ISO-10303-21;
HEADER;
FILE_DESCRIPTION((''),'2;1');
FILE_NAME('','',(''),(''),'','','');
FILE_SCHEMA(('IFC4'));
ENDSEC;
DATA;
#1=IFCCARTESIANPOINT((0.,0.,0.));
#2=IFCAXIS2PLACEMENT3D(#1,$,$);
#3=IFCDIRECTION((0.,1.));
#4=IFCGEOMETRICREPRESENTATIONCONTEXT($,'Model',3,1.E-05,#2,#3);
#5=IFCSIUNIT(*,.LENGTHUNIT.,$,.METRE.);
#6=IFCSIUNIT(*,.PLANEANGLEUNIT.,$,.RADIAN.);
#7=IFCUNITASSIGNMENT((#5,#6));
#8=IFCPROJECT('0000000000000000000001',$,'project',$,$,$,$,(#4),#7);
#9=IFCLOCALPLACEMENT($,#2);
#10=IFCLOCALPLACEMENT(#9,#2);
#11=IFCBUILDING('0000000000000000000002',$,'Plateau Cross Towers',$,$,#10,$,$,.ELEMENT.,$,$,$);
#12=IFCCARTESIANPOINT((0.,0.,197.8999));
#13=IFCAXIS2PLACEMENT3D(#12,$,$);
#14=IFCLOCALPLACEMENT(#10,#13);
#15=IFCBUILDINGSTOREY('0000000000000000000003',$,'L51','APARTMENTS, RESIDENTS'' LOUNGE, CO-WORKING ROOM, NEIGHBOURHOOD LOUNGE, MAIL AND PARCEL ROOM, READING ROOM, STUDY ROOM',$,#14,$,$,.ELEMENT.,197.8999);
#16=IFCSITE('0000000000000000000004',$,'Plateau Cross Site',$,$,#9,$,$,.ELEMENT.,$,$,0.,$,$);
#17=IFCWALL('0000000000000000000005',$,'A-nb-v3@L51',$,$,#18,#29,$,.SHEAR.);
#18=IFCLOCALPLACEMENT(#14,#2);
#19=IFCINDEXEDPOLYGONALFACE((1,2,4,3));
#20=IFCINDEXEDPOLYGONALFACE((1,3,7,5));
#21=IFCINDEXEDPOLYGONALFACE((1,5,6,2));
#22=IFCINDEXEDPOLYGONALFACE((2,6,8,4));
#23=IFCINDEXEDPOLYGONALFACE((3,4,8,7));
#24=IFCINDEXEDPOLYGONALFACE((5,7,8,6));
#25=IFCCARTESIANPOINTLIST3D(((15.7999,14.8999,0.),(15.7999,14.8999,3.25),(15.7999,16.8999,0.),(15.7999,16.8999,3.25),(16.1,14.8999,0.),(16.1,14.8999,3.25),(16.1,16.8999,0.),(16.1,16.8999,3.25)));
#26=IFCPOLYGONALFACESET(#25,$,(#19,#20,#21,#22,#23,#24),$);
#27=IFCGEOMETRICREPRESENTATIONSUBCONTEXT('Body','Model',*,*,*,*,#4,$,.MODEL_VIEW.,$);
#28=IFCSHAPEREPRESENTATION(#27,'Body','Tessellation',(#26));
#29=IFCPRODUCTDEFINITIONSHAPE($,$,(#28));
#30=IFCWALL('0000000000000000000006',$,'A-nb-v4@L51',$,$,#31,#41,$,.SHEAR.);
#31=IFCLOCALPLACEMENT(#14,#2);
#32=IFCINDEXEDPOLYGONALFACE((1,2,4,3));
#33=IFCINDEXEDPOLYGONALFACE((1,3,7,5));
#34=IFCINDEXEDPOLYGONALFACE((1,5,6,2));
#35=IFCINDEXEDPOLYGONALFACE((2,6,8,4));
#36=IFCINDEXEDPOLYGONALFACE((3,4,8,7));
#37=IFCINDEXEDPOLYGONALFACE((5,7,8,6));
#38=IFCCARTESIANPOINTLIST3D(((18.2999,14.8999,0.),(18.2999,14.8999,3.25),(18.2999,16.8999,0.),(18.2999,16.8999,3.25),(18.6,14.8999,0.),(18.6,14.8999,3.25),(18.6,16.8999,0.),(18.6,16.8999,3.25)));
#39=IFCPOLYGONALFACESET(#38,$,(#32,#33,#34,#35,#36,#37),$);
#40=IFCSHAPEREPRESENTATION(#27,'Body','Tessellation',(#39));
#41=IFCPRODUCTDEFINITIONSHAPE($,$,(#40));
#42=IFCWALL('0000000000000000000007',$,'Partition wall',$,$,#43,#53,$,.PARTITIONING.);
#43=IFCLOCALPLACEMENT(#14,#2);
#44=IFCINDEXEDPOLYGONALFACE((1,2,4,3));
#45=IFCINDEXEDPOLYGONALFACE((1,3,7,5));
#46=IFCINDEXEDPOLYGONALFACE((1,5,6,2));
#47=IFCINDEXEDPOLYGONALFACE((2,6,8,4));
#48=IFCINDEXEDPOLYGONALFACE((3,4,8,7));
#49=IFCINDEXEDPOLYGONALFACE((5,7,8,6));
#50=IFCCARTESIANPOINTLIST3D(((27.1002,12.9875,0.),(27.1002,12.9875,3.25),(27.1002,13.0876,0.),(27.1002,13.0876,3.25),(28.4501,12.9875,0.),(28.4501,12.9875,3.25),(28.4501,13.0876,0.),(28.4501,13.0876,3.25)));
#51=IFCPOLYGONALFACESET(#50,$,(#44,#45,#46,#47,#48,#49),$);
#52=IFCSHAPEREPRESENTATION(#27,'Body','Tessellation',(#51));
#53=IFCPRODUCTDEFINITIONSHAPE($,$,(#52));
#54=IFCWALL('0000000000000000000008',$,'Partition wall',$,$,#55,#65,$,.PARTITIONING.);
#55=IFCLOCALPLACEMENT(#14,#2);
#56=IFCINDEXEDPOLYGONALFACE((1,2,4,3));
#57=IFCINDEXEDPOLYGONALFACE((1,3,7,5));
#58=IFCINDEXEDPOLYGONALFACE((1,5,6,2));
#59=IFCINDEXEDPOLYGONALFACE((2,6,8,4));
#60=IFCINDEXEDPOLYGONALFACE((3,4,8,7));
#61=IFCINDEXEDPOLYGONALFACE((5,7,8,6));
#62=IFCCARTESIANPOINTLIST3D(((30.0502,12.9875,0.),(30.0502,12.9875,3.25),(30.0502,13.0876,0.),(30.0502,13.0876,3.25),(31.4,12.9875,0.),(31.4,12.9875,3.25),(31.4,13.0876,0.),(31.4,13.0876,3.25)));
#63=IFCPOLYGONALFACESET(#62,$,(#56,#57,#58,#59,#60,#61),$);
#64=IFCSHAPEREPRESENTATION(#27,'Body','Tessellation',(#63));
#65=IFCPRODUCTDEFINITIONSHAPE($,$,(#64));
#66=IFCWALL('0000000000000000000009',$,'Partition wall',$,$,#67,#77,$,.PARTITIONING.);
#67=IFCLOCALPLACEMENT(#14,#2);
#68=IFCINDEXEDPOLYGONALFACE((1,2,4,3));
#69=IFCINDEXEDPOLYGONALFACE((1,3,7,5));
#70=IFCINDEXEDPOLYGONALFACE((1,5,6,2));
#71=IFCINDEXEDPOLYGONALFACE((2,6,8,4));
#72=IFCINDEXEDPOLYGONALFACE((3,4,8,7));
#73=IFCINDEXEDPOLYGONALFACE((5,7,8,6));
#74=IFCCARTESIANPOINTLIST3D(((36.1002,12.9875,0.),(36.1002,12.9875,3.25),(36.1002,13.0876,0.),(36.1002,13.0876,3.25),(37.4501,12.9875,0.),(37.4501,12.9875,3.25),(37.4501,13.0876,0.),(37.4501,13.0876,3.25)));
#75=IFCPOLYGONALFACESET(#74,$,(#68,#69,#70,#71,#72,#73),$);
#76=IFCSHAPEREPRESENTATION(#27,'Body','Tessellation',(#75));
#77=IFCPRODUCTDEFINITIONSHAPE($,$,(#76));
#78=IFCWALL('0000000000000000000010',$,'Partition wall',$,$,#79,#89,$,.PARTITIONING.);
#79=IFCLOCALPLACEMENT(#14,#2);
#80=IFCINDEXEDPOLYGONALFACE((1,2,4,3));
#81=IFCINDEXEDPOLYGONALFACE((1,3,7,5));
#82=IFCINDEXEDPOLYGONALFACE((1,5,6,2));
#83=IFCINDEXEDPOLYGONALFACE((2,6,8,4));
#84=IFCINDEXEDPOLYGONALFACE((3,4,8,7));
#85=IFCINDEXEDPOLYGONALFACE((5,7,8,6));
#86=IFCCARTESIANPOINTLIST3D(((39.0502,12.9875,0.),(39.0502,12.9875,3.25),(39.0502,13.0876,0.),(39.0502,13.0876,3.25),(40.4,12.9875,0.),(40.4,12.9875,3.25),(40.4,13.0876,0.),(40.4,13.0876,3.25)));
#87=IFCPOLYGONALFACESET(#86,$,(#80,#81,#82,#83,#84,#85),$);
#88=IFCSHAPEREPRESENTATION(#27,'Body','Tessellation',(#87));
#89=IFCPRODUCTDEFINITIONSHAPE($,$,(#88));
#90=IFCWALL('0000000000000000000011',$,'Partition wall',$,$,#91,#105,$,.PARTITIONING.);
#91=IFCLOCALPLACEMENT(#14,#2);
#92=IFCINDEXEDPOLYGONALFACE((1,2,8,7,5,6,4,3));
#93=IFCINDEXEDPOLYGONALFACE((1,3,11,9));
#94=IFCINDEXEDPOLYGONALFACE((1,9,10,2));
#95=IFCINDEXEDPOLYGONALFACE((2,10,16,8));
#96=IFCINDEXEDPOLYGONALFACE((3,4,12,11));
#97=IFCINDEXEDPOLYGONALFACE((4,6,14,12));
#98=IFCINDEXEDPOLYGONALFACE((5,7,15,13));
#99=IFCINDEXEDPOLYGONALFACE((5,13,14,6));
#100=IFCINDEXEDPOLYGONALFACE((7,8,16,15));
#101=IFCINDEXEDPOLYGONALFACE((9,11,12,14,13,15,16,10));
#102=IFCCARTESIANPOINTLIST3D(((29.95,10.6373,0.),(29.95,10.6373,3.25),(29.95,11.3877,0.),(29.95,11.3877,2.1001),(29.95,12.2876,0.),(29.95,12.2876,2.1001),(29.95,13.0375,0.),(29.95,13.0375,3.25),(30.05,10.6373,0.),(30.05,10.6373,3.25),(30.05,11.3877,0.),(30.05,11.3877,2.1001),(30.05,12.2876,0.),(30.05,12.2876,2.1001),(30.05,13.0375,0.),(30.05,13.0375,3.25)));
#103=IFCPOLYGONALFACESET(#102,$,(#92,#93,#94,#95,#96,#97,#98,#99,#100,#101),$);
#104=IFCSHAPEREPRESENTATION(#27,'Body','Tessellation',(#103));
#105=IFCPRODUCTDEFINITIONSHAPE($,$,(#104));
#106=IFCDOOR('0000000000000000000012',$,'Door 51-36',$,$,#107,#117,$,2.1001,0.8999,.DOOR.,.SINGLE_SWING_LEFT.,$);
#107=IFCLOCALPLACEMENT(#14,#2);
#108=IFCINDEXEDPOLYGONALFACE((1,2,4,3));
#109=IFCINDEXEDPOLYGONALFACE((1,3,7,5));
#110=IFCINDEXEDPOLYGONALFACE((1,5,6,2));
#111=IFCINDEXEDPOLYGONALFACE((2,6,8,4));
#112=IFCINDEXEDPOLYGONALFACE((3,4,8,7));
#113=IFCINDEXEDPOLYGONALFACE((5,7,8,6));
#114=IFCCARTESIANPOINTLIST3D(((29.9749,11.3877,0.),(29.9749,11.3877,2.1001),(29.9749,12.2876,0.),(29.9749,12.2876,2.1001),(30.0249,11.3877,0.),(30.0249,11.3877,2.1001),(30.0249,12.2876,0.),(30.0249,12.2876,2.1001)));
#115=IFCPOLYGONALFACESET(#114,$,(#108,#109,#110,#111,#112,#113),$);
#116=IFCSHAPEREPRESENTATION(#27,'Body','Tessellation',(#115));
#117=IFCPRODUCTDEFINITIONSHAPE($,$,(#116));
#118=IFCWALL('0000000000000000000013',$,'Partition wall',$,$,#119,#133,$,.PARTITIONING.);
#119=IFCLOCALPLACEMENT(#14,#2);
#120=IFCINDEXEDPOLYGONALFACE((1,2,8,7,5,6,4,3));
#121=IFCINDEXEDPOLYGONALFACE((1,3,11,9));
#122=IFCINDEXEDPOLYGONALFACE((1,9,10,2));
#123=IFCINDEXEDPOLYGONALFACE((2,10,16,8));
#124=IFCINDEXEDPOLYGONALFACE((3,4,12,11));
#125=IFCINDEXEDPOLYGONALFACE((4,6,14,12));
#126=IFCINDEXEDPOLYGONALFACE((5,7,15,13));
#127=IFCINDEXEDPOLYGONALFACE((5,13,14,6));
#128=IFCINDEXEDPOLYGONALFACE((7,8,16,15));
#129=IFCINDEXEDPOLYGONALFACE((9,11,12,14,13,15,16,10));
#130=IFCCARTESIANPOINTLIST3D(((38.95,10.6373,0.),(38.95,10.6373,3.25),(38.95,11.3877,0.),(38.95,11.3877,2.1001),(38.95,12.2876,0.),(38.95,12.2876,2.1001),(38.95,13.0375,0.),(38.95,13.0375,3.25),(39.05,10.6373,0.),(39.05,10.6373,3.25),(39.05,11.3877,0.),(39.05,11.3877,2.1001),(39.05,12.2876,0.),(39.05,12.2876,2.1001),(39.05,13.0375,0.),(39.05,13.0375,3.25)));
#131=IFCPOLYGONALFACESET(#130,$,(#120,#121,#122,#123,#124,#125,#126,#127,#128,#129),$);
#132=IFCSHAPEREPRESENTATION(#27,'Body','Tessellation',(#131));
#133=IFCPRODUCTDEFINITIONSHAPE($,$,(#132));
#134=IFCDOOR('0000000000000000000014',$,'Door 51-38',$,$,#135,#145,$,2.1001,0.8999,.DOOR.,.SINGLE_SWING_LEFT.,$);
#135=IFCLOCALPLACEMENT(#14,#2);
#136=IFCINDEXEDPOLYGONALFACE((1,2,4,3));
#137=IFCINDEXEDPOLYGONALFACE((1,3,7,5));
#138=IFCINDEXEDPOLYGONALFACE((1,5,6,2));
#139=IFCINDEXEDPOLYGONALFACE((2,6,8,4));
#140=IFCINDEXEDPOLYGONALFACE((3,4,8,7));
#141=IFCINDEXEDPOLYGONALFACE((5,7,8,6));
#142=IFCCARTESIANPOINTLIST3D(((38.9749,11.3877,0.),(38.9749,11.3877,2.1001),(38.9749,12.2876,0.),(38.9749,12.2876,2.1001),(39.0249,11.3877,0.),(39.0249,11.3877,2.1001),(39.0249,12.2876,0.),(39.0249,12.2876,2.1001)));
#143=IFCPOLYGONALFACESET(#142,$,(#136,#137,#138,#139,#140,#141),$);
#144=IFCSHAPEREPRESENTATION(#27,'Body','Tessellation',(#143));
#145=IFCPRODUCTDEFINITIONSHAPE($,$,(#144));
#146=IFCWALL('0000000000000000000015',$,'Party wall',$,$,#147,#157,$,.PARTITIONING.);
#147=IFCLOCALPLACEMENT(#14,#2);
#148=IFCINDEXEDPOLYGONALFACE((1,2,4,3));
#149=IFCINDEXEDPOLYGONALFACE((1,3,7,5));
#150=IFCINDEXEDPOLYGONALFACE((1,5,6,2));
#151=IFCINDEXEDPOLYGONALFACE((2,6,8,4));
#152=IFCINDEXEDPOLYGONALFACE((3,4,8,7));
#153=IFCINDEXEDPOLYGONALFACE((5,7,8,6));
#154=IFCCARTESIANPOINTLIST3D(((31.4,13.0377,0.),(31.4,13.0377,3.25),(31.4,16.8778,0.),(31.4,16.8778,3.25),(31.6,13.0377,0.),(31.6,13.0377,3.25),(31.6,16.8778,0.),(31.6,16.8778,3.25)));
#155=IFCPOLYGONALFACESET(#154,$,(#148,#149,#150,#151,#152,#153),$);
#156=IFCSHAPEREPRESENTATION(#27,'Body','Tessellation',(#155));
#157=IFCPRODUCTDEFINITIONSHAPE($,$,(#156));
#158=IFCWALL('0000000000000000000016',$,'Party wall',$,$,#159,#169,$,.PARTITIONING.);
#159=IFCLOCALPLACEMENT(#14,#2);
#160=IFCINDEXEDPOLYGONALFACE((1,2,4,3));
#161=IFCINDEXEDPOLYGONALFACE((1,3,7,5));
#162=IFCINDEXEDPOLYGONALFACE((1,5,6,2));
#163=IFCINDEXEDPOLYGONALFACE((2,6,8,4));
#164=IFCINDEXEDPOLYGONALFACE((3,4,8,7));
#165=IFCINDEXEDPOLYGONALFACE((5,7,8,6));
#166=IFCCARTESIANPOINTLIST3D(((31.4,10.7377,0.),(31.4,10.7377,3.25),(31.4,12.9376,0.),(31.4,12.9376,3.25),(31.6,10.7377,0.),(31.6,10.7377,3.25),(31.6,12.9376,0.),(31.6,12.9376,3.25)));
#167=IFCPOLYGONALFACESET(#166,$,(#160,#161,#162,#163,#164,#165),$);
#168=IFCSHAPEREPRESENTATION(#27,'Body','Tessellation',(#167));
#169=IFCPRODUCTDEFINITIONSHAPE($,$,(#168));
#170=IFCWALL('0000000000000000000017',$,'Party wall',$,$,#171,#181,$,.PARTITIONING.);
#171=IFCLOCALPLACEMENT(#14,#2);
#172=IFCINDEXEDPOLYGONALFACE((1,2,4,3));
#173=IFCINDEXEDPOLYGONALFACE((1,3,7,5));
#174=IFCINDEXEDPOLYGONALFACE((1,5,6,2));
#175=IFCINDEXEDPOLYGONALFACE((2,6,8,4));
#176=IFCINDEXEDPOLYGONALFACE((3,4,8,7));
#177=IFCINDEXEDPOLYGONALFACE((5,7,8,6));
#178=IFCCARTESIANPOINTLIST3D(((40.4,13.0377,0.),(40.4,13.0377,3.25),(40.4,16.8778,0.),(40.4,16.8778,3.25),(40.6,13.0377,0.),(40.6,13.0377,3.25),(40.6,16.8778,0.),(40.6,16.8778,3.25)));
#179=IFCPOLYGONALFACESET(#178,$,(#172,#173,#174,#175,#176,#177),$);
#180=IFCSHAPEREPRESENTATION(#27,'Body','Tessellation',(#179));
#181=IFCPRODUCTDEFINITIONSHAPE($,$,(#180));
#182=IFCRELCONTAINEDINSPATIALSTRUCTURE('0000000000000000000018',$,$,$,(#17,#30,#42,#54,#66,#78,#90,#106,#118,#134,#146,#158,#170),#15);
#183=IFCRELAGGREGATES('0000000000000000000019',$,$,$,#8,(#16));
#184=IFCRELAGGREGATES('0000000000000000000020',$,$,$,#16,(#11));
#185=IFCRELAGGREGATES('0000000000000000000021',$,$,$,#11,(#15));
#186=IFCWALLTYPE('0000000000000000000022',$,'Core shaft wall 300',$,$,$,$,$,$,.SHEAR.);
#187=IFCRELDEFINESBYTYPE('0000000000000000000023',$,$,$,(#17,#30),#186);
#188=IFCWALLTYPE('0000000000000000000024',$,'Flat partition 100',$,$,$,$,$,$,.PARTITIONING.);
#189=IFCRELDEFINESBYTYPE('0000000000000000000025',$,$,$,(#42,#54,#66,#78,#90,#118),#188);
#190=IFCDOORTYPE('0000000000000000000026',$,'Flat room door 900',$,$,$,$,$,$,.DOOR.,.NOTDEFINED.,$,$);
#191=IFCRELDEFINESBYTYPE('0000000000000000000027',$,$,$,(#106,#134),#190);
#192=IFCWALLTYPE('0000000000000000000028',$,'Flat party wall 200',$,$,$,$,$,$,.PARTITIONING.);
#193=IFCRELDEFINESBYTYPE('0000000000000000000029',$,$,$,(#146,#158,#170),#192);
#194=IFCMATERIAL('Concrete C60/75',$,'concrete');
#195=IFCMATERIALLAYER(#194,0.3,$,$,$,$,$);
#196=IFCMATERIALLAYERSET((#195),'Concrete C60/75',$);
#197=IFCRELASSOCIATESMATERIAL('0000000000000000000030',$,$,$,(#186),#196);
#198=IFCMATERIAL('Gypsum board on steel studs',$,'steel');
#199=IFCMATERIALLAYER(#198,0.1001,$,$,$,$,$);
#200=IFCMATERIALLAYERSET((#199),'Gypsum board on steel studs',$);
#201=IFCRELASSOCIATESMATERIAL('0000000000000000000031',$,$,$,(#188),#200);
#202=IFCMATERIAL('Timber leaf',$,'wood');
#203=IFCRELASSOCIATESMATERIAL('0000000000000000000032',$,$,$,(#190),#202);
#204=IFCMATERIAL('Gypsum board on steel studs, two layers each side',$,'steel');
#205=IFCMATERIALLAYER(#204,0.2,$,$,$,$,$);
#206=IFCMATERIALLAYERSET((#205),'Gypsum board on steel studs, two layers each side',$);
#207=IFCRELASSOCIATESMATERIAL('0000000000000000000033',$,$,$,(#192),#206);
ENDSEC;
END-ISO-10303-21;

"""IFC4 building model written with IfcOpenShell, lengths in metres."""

from ifc_helpers import new_model, si_unit, direction, frame, frame_2d, origin, place, context, subcontext, project, spatial, rectangle, extrude, material, layer, layer_set, type_object, element, fill, save


model = new_model("IFC4")

# Units and contexts
model_context = context("Model", 3, precision=1e-05, world=origin(), true_north=direction((0.0, 1.0)))
body_context = subcontext(model_context, "Body", "Model", "MODEL_VIEW")
ifc_project = project(units=[si_unit("LENGTHUNIT", "METRE"), si_unit("PLANEANGLEUNIT", "RADIAN")], contexts=[model_context])

# Site, building, storey
site_placement = place(None, origin())
site = spatial("IfcSite", under=ifc_project, at=site_placement, Name="Plateau Cross Site", CompositionType="ELEMENT", RefElevation=0.0)
building_placement = place(site_placement, origin())
building = spatial("IfcBuilding", under=site, at=building_placement, Name="Plateau Cross Towers", CompositionType="ELEMENT")
storey_placement = place(building_placement, frame((0.0, 0.0, 197.8999)))
storey = spatial("IfcBuildingStorey", under=building, at=storey_placement, Name="L51", Description="APARTMENTS, RESIDENTS' LOUNGE, CO-WORKING ROOM, NEIGHBOURHOOD LOUNGE, MAIL AND PARCEL ROOM, READING ROOM, STUDY ROOM", CompositionType="ELEMENT", Elevation=197.8999)

# Walls
ifc_material_1 = material(Name="Concrete C60/75", Category="concrete")
ifc_layer_1 = layer(ifc_material_1, 0.3)
ifc_layer_set_1 = layer_set([ifc_layer_1], Name="Concrete C60/75")
wall_type_1 = type_object("IfcWallType", Name="Core shaft wall 300", PredefinedType="SHEAR", material=ifc_layer_set_1)
for number, where, z_axis, x_axis, name in (
    (1, (15.95, 14.8999, 0.0), (0.0, 0.0, 1.0), (0.0, 1.0, 0.0), "A-nb-v3@L51"),
    (2, (18.45, 14.8999, 0.0), (0.0, 0.0, 1.0), (0.0, 1.0, 0.0), "A-nb-v4@L51"),
):
    element("IfcWall", number, at=place(storey_placement, frame(where, z_axis=z_axis, x_axis=x_axis)), inside=storey, type_object=wall_type_1, Name=name, PredefinedType="SHEAR", context=body_context, shape_type="SweptSolid", body=[
        extrude(rectangle(XDim=2.0, YDim=0.3, at=frame_2d((1.0, 0.0))), origin(), (0.0, 0.0, 1.0), 3.25),
    ])
ifc_material_2 = material(Name="Gypsum board on steel studs", Category="steel")
ifc_layer_2 = layer(ifc_material_2, 0.1001)
ifc_layer_set_2 = layer_set([ifc_layer_2], Name="Gypsum board on steel studs")
wall_type_2 = type_object("IfcWallType", Name="Flat partition 100", PredefinedType="PARTITIONING", material=ifc_layer_set_2)
for number, where, z_axis, x_axis, name in (
    (3, (28.45, 13.0376, 0.0), (0.0, 0.0, 1.0), (-1.0, 0.0, 0.0), "Partition wall"),
    (4, (31.3999, 13.0376, 0.0), (0.0, 0.0, 1.0), (-1.0, 0.0, 0.0), "Partition wall"),
    (5, (37.45, 13.0376, 0.0), (0.0, 0.0, 1.0), (-1.0, 0.0, 0.0), "Partition wall"),
    (6, (40.3999, 13.0376, 0.0), (0.0, 0.0, 1.0), (-1.0, 0.0, 0.0), "Partition wall"),
):
    element("IfcWall", number, at=place(storey_placement, frame(where, z_axis=z_axis, x_axis=x_axis)), inside=storey, type_object=wall_type_2, Name=name, PredefinedType="PARTITIONING", context=body_context, shape_type="SweptSolid", body=[
        extrude(rectangle(XDim=1.3499, YDim=0.1001, at=frame_2d((0.6748, 0.0))), origin(), (0.0, 0.0, 1.0), 3.25),
    ])

# Walls, openings, doors
wall_1_placement = place(storey_placement, frame((30.0, 13.0376, 0.0), z_axis=(0.0, 0.0, 1.0), x_axis=(0.0, -1.0, 0.0)))
wall_1 = element("IfcWall", 7, at=wall_1_placement, inside=storey, type_object=wall_type_2, Name="Partition wall", PredefinedType="PARTITIONING", context=body_context, shape_type="SweptSolid", body=[
    extrude(rectangle(XDim=2.4001, YDim=0.1001, at=frame_2d((1.2002, 0.0))), origin(), (0.0, 0.0, 1.0), 3.25),
])
opening_1_placement = place(wall_1_placement, frame((0.75, 0.0, 0.0)))
opening_1 = element("IfcOpeningElement", 8, at=opening_1_placement, cuts=wall_1, PredefinedType="OPENING", context=body_context, shape_type="SweptSolid", body=[
    extrude(rectangle(XDim=0.8999, YDim=2.1001, at=frame_2d((0.45, 1.05))), frame((0.0, 0.0601, 0.0), z_axis=(0.0, -1.0, 0.0), x_axis=(1.0, 0.0, 0.0)), (0.0, 0.0, 1.0), 0.1201),
])
ifc_material_3 = material(Name="Timber leaf", Category="wood")
door_type_1 = type_object("IfcDoorType", Name="Flat room door 900", OperationType="NOTDEFINED", PredefinedType="DOOR", material=ifc_material_3)
door_1_placement = place(opening_1_placement, origin())
door_1 = element("IfcDoor", 9, at=door_1_placement, inside=storey, type_object=door_type_1, Name="Door 51-36", OperationType="SINGLE_SWING_LEFT", OverallHeight=2.1001, OverallWidth=0.8999, PredefinedType="DOOR", context=body_context, shape_type="SweptSolid", body=[
    extrude(rectangle(XDim=0.8999, YDim=2.1001, at=frame_2d((0.45, 1.05))), frame((0.0, 0.0249, 0.0), z_axis=(0.0, -1.0, 0.0), x_axis=(1.0, 0.0, 0.0)), (0.0, 0.0, 1.0), 0.05),
])
fill(opening_1, door_1)
wall_2_placement = place(storey_placement, frame((39.0, 13.0376, 0.0), z_axis=(0.0, 0.0, 1.0), x_axis=(0.0, -1.0, 0.0)))
wall_2 = element("IfcWall", 10, at=wall_2_placement, inside=storey, type_object=wall_type_2, Name="Partition wall", PredefinedType="PARTITIONING", context=body_context, shape_type="SweptSolid", body=[
    extrude(rectangle(XDim=2.4001, YDim=0.1001, at=frame_2d((1.2002, 0.0))), origin(), (0.0, 0.0, 1.0), 3.25),
])
opening_2_placement = place(wall_2_placement, frame((0.75, 0.0, 0.0)))
opening_2 = element("IfcOpeningElement", 11, at=opening_2_placement, cuts=wall_2, PredefinedType="OPENING", context=body_context, shape_type="SweptSolid", body=[
    extrude(rectangle(XDim=0.8999, YDim=2.1001, at=frame_2d((0.45, 1.05))), frame((0.0, 0.0601, 0.0), z_axis=(0.0, -1.0, 0.0), x_axis=(1.0, 0.0, 0.0)), (0.0, 0.0, 1.0), 0.1201),
])
door_2_placement = place(opening_2_placement, origin())
door_2 = element("IfcDoor", 12, at=door_2_placement, inside=storey, type_object=door_type_1, Name="Door 51-38", OperationType="SINGLE_SWING_LEFT", OverallHeight=2.1001, OverallWidth=0.8999, PredefinedType="DOOR", context=body_context, shape_type="SweptSolid", body=[
    extrude(rectangle(XDim=0.8999, YDim=2.1001, at=frame_2d((0.45, 1.05))), frame((0.0, 0.0249, 0.0), z_axis=(0.0, -1.0, 0.0), x_axis=(1.0, 0.0, 0.0)), (0.0, 0.0, 1.0), 0.05),
])
fill(opening_2, door_2)

# Walls
ifc_material_4 = material(Name="Gypsum board on steel studs, two layers each side", Category="steel")
ifc_layer_3 = layer(ifc_material_4, 0.2)
ifc_layer_set_3 = layer_set([ifc_layer_3], Name="Gypsum board on steel studs, two layers each side")
wall_type_3 = type_object("IfcWallType", Name="Flat party wall 200", PredefinedType="PARTITIONING", material=ifc_layer_set_3)
wall_3_placement = place(storey_placement, frame((31.5, 16.8777, 0.0), z_axis=(0.0, 0.0, 1.0), x_axis=(0.0, -1.0, 0.0)))
element("IfcWall", 13, at=wall_3_placement, inside=storey, type_object=wall_type_3, Name="Party wall", PredefinedType="PARTITIONING", context=body_context, shape_type="SweptSolid", body=[
    extrude(rectangle(XDim=3.8401, YDim=0.2, at=frame_2d((1.9199, 0.0))), origin(), (0.0, 0.0, 1.0), 3.25),
])
wall_4_placement = place(storey_placement, frame((31.5, 10.7375, 0.0), z_axis=(0.0, 0.0, 1.0), x_axis=(0.0, 1.0, 0.0)))
element("IfcWall", 14, at=wall_4_placement, inside=storey, type_object=wall_type_3, Name="Party wall", PredefinedType="PARTITIONING", context=body_context, shape_type="SweptSolid", body=[
    extrude(rectangle(XDim=2.2, YDim=0.2, at=frame_2d((1.1001, 0.0))), origin(), (0.0, 0.0, 1.0), 3.25),
])
wall_5_placement = place(storey_placement, frame((40.5, 16.8777, 0.0), z_axis=(0.0, 0.0, 1.0), x_axis=(0.0, -1.0, 0.0)))
element("IfcWall", 15, at=wall_5_placement, inside=storey, type_object=wall_type_3, Name="Party wall", PredefinedType="PARTITIONING", context=body_context, shape_type="SweptSolid", body=[
    extrude(rectangle(XDim=3.8401, YDim=0.2, at=frame_2d((1.9199, 0.0))), origin(), (0.0, 0.0, 1.0), 3.25),
])

save(model, "model.ifc")
